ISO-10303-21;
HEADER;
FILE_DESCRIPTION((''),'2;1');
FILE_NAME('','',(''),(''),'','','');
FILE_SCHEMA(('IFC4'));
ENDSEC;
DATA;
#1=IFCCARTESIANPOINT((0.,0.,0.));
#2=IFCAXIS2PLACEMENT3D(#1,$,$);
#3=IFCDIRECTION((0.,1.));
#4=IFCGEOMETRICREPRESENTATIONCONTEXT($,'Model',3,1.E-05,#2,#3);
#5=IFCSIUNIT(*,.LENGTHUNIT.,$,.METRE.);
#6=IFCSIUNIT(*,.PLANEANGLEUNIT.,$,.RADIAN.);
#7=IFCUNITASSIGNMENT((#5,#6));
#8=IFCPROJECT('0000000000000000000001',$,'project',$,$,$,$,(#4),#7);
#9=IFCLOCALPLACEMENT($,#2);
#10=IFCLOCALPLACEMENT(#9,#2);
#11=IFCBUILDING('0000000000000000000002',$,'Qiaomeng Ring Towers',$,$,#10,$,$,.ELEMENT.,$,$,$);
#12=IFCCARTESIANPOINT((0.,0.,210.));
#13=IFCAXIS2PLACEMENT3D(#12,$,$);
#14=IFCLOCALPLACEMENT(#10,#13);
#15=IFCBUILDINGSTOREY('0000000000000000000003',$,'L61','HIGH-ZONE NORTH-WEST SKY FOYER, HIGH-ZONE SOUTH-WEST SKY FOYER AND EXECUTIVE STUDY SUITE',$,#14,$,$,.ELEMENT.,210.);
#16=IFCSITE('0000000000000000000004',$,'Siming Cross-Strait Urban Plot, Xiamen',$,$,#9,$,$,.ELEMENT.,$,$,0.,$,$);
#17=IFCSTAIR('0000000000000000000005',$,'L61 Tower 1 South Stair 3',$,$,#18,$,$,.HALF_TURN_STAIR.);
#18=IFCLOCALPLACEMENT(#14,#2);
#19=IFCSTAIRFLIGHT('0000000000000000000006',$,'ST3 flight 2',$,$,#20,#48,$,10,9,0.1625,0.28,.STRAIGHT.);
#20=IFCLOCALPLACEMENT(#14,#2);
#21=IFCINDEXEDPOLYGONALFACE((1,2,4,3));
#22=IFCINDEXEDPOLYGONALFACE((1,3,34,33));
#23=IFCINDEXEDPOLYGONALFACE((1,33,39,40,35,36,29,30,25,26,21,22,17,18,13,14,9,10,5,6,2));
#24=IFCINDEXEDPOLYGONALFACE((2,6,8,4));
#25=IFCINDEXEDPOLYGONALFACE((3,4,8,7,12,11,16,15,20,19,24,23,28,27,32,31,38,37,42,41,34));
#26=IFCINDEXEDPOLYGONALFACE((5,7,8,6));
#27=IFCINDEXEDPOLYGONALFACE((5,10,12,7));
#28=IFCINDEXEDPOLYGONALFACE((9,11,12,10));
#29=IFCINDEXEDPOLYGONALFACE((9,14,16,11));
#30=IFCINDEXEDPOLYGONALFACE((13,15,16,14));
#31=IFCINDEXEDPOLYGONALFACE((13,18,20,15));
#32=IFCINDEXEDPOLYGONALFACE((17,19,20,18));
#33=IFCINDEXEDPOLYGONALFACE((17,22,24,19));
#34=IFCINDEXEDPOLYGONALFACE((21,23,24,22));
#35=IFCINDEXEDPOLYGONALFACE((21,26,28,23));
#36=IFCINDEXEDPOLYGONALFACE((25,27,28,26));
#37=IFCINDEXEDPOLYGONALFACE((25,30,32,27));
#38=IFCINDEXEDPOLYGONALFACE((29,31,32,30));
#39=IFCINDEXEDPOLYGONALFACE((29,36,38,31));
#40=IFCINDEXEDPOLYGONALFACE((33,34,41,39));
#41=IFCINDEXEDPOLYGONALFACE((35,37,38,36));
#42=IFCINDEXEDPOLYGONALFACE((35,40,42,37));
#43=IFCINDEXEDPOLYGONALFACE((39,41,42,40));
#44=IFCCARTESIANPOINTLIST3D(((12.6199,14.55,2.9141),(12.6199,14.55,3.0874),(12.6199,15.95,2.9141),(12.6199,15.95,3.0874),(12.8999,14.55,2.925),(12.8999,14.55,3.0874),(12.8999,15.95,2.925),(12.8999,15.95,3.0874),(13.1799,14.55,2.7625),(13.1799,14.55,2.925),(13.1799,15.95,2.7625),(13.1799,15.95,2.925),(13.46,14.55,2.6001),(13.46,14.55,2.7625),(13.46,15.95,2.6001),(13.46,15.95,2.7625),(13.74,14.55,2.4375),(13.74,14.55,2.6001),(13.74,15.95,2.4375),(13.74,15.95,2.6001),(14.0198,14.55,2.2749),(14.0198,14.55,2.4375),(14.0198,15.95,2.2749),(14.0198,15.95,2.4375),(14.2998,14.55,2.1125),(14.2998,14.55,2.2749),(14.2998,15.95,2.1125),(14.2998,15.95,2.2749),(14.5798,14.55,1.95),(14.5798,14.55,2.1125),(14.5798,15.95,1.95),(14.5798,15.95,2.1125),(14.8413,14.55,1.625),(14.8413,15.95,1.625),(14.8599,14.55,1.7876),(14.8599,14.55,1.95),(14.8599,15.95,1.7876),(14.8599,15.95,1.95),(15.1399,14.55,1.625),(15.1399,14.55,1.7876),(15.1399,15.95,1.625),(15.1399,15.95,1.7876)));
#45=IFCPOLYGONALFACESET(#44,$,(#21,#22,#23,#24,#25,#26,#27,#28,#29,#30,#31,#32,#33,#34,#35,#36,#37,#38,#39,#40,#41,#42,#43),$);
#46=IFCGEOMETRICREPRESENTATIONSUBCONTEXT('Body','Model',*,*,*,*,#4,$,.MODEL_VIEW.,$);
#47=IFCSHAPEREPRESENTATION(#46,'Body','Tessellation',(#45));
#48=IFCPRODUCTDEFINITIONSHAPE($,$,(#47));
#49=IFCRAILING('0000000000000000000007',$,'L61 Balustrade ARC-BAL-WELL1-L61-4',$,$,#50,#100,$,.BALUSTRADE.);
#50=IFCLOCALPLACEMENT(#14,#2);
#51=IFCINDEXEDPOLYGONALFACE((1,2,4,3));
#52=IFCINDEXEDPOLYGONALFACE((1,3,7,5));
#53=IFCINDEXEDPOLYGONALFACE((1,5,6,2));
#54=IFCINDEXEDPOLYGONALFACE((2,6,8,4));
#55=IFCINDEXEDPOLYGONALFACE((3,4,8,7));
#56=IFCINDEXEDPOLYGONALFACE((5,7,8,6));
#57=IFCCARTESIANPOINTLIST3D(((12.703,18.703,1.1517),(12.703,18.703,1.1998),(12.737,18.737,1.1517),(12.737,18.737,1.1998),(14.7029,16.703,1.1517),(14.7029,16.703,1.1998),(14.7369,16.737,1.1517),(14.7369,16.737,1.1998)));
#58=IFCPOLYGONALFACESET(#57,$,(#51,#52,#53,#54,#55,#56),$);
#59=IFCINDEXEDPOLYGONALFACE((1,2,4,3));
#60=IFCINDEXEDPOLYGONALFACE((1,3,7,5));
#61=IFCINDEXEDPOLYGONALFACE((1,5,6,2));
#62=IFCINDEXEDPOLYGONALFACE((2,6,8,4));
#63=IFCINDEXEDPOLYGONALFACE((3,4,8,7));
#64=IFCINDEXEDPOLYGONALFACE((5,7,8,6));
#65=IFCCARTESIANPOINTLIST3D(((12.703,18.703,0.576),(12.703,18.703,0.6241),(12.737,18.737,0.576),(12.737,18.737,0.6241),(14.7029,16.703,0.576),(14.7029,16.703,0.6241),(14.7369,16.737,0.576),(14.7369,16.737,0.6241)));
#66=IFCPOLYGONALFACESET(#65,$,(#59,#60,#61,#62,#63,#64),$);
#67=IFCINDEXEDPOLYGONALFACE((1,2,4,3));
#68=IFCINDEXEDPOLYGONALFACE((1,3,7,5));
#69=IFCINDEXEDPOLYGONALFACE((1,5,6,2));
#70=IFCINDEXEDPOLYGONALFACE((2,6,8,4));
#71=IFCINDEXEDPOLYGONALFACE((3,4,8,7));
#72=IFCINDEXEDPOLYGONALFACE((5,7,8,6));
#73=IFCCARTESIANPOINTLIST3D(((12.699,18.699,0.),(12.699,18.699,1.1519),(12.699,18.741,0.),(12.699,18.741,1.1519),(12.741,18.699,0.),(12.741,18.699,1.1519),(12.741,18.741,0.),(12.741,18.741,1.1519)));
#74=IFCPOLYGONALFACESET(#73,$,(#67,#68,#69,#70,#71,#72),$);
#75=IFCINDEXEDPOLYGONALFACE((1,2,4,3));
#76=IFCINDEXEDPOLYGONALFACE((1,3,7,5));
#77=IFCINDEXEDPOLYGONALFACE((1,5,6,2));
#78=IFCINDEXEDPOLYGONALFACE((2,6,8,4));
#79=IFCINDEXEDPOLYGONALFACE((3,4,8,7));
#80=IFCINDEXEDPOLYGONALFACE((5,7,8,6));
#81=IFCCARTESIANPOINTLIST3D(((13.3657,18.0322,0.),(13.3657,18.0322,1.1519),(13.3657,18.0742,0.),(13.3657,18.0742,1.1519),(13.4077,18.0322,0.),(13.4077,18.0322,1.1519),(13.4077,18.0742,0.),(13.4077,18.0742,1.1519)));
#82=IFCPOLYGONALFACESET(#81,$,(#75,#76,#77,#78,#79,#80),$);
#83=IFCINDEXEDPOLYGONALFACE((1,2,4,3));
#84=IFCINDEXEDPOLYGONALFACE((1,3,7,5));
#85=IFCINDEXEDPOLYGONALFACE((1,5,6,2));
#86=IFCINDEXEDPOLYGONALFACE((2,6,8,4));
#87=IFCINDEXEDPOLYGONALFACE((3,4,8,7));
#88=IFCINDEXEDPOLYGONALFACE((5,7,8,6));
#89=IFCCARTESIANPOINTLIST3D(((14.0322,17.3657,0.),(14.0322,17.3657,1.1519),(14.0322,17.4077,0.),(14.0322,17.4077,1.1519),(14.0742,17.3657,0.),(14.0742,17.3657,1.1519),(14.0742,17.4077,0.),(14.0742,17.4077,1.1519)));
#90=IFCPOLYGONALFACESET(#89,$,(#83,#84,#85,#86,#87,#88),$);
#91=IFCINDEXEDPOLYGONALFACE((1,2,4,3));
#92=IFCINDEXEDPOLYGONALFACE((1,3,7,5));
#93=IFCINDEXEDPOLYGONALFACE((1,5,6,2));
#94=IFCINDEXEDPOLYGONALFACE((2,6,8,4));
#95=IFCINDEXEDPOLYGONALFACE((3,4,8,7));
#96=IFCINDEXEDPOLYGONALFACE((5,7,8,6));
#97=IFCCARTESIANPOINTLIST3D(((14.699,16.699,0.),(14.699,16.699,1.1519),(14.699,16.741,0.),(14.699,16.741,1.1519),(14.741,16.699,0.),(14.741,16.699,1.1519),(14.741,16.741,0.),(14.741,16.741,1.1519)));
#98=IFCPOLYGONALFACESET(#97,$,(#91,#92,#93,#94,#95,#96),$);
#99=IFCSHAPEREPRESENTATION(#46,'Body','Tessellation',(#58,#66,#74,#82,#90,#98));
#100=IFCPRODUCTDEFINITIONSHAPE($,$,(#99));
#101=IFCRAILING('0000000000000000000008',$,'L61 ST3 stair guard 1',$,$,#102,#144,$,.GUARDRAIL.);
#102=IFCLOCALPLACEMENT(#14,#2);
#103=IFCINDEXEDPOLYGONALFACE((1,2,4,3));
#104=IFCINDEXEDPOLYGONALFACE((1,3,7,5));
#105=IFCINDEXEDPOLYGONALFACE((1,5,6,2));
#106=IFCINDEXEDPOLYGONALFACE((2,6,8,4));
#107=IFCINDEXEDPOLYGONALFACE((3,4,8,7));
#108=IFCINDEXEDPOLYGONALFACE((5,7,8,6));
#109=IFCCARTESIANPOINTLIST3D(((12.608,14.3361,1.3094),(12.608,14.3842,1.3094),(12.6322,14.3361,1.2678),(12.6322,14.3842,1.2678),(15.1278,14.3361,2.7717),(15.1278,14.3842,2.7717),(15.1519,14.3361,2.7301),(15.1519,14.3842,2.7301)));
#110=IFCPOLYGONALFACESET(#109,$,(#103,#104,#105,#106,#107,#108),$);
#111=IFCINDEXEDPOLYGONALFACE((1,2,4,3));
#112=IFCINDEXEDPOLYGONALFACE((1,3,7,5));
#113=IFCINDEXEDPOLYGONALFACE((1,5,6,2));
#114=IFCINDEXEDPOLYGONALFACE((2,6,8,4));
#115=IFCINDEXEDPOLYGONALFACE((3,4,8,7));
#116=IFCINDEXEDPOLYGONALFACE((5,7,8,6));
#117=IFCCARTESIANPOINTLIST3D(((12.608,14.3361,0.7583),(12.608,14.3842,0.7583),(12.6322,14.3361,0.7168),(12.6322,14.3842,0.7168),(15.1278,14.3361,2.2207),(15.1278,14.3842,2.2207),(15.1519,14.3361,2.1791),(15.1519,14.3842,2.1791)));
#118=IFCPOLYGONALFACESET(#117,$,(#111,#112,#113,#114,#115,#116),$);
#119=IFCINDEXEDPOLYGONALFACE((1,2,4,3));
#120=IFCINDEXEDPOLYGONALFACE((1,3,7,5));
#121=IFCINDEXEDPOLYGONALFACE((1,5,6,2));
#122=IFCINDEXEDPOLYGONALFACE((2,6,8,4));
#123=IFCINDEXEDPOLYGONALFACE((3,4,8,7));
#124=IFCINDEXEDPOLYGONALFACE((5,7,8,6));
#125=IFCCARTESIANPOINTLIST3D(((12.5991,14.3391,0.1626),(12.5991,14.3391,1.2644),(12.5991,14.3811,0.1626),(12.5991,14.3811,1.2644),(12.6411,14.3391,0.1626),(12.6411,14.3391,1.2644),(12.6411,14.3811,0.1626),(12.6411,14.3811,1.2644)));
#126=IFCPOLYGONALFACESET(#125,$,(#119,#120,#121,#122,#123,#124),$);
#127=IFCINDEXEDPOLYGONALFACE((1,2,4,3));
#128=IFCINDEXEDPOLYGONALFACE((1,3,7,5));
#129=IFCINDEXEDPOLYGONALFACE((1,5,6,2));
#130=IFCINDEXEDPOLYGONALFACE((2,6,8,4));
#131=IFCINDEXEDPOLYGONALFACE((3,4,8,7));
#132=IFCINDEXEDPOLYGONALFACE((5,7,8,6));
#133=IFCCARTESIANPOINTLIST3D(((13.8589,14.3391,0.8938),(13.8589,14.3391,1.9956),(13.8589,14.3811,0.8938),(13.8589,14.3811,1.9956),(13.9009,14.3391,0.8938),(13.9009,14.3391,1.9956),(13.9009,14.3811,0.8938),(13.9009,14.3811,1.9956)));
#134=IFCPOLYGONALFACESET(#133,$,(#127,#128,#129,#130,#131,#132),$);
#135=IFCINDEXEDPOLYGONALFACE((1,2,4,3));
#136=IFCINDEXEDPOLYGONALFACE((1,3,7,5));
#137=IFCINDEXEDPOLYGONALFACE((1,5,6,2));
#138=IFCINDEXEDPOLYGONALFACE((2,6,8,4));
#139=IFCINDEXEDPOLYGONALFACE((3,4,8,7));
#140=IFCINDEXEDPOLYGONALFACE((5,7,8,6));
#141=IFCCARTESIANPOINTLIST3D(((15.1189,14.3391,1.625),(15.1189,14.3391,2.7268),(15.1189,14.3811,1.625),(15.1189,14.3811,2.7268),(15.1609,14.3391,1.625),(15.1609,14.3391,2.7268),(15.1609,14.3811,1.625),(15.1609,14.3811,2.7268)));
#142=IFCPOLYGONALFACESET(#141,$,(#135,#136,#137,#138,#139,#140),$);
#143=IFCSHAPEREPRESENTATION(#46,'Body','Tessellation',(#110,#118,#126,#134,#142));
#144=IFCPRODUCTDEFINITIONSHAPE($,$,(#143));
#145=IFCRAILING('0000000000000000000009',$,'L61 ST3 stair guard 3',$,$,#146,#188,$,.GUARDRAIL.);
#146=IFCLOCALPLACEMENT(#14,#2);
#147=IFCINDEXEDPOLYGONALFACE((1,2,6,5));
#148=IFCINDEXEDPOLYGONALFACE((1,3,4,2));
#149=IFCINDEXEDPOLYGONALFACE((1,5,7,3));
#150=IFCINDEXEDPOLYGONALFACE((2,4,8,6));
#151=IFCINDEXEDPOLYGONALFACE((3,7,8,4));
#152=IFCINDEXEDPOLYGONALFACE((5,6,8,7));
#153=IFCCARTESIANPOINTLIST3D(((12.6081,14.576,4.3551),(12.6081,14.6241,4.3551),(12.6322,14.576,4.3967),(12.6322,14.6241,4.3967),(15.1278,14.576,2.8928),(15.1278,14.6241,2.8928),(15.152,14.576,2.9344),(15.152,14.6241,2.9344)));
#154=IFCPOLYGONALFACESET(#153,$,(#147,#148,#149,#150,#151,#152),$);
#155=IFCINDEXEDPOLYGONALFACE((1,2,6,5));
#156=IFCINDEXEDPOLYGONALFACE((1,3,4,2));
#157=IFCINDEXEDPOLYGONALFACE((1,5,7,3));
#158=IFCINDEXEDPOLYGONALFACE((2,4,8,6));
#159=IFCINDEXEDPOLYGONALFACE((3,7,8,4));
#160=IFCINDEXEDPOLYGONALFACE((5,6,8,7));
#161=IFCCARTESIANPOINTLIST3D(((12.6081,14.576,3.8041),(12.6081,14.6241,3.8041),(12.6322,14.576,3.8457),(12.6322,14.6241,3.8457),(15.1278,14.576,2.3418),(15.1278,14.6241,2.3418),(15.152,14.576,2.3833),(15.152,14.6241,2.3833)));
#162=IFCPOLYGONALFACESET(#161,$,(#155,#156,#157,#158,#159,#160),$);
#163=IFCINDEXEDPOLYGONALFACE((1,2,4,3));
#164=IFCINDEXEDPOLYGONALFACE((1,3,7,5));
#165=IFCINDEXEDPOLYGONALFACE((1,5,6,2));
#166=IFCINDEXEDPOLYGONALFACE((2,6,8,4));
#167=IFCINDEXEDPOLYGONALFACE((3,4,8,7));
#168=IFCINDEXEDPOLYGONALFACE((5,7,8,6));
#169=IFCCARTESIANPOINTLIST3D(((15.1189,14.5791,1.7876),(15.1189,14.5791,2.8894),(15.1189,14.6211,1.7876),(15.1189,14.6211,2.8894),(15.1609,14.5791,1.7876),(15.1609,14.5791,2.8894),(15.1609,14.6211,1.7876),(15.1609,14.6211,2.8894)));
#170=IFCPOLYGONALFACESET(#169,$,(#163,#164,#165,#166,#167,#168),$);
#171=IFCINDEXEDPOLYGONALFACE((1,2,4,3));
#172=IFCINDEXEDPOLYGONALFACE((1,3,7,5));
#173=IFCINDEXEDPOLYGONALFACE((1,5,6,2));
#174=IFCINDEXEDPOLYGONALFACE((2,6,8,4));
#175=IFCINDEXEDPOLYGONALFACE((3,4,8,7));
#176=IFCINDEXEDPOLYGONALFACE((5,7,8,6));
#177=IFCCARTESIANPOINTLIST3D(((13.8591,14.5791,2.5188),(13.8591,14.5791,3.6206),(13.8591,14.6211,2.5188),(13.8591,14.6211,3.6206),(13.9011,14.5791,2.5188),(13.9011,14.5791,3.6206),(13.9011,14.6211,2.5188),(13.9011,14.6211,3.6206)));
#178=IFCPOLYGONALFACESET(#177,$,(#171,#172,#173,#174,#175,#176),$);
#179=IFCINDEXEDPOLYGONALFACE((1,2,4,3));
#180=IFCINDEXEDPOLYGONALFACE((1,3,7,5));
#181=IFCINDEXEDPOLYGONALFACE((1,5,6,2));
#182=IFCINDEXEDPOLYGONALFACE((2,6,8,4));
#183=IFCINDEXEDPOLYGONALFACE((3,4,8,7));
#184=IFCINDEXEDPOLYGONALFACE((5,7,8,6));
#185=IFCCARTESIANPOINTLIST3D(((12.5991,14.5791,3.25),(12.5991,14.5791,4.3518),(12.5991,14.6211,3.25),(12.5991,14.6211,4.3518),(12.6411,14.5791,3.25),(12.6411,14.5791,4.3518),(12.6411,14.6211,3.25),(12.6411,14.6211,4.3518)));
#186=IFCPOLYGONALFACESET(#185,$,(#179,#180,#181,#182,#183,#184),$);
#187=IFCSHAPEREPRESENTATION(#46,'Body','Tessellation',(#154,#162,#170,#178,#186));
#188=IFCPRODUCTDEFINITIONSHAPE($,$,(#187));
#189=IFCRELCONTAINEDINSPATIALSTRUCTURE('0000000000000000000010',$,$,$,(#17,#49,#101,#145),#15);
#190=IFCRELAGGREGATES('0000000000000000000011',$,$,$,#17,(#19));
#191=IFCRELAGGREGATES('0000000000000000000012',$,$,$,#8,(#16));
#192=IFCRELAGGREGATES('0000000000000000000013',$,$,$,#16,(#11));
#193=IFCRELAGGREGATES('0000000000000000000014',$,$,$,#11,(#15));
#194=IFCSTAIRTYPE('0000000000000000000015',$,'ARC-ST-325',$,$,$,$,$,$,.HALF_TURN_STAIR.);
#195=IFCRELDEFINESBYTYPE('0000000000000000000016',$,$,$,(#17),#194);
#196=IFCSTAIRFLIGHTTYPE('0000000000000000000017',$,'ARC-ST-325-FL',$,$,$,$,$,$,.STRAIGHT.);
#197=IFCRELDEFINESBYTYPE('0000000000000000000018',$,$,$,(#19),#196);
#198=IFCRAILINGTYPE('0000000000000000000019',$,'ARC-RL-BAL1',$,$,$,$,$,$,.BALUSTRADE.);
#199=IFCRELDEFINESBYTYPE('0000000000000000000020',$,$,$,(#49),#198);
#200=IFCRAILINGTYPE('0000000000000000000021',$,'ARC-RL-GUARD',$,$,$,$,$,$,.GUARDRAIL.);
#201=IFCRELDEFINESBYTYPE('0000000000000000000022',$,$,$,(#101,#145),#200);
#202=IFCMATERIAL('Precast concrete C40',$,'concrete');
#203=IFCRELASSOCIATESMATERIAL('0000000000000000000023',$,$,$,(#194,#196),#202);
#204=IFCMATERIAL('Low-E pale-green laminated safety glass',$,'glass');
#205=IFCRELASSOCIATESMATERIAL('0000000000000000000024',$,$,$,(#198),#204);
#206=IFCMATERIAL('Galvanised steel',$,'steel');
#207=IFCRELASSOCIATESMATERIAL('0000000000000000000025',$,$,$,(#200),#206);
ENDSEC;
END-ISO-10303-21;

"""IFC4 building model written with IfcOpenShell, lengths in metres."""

from ifc_helpers import new_model, si_unit, direction, frame, origin, origin_2d, place, context, subcontext, project, spatial, polyline, rectangle, outline, extrude, source, transform, mapped, material, type_object, element, aggregate, save


model = new_model("IFC4")

# Units and contexts
model_context = context("Model", 3, precision=1e-05, world=origin(), true_north=direction((0.0, 1.0)))
body_context = subcontext(model_context, "Body", "Model", "MODEL_VIEW")
ifc_project = project(units=[si_unit("LENGTHUNIT", "METRE"), si_unit("PLANEANGLEUNIT", "RADIAN")], contexts=[model_context])

# Site, building, storey
site_placement = place(None, origin())
site = spatial("IfcSite", under=ifc_project, at=site_placement, Name="Siming Cross-Strait Urban Plot, Xiamen", CompositionType="ELEMENT", RefElevation=0.0)
building_placement = place(site_placement, origin())
building = spatial("IfcBuilding", under=site, at=building_placement, Name="Qiaomeng Ring Towers", CompositionType="ELEMENT")
storey_placement = place(building_placement, frame((0.0, 0.0, 210.0)))
storey = spatial("IfcBuildingStorey", under=building, at=storey_placement, Name="L61", Description="HIGH-ZONE NORTH-WEST SKY FOYER, HIGH-ZONE SOUTH-WEST SKY FOYER AND EXECUTIVE STUDY SUITE", CompositionType="ELEMENT", Elevation=210.0)

# Stair, stair flight
ifc_material_1 = material(Name="Precast concrete C40", Category="concrete")
stair_type = type_object("IfcStairType", Name="ARC-ST-325", PredefinedType="HALF_TURN_STAIR", material=ifc_material_1)
stair_placement = place(storey_placement, origin())
stair = element("IfcStair", 1, at=stair_placement, inside=storey, type_object=stair_type, Name="L61 Tower 1 South Stair 3", PredefinedType="HALF_TURN_STAIR")
stair_flight_type = type_object("IfcStairFlightType", Name="ARC-ST-325-FL", PredefinedType="STRAIGHT", material=ifc_material_1)
shared_shape_1 = source(origin(), body_context, "Body", "SweptSolid", [
    extrude(outline(polyline([(0.0, 0.0), (0.0, 0.1626), (0.28, 0.1626), (0.28, 0.325), (0.5601, 0.325), (0.5601, 0.4875), (0.8401, 0.4875), (0.8401, 0.6499), (1.1201, 0.6499), (1.1201, 0.8125), (1.3999, 0.8125), (1.3999, 0.9751), (1.6799, 0.9751), (1.6799, 1.1375), (1.96, 1.1375), (1.96, 1.3), (2.24, 1.3), (2.24, 1.4624), (2.52, 1.4624), (2.52, 1.625), (2.52, 1.2891), (0.2986, 0.0), (0.0, 0.0)])), frame((0.0, 0.7, 0.0), z_axis=(0.0, -1.0, 0.0), x_axis=(1.0, 0.0, 0.0)), (0.0, 0.0, 1.0), 1.3999),
])
stair_flight_1_placement = place(storey_placement, frame((15.1399, 15.25, 1.625), z_axis=(0.0, 0.0, 1.0), x_axis=(-1.0, 0.0, 0.0)))
stair_flight_1 = element("IfcStairFlight", 2, at=stair_flight_1_placement, type_object=stair_flight_type, Name="ST3 flight 2", NumberOfRisers=10, NumberOfTreads=9, PredefinedType="STRAIGHT", RiserHeight=0.1625, TreadLength=0.28, context=body_context, shape_type="MappedRepresentation", body=[
    mapped(shared_shape_1, transform((0.0, 0.0, 0.0), x_axis=(1.0, 0.0, 0.0), y_axis=(0.0, 1.0, 0.0), z_axis=(0.0, 0.0, 1.0), scale=1.0)),
])
aggregate(stair, [stair_flight_1])

# Railings
ifc_material_2 = material(Name="Low-E pale-green laminated safety glass", Category="glass")
railing_type_1 = type_object("IfcRailingType", Name="ARC-RL-BAL1", PredefinedType="BALUSTRADE", material=ifc_material_2)
railing_1_placement = place(storey_placement, frame((12.72, 18.72, 0.0)))
element("IfcRailing", 3, at=railing_1_placement, inside=storey, type_object=railing_type_1, Name="L61 Balustrade ARC-BAL-WELL1-L61-4", PredefinedType="BALUSTRADE", context=body_context, shape_type="SweptSolid", body=[
    extrude(rectangle(XDim=0.0481, YDim=0.0481, at=origin_2d()), frame((0.0, 0.0, 1.1758), z_axis=(0.707107, -0.707107, 0.0), x_axis=(0.707107, 0.707107, 0.0)), (0.0, 0.0, 1.0), 2.8284),
    extrude(rectangle(XDim=0.0481, YDim=0.0481, at=origin_2d()), frame((0.0, 0.0, 0.6001), z_axis=(0.707107, -0.707107, 0.0), x_axis=(0.707107, 0.707107, 0.0)), (0.0, 0.0, 1.0), 2.8284),
    extrude(rectangle(XDim=0.042, YDim=0.042, at=origin_2d()), origin(), (0.0, 0.0, 1.0), 1.1519),
    extrude(rectangle(XDim=0.042, YDim=0.042, at=origin_2d()), frame((0.6667, -0.6667, 0.0)), (0.0, 0.0, 1.0), 1.1519),
    extrude(rectangle(XDim=0.042, YDim=0.042, at=origin_2d()), frame((1.3333, -1.3333, 0.0)), (0.0, 0.0, 1.0), 1.1519),
    extrude(rectangle(XDim=0.042, YDim=0.042, at=origin_2d()), frame((2.0, -2.0, 0.0)), (0.0, 0.0, 1.0), 1.1519),
])
ifc_material_3 = material(Name="Galvanised steel", Category="steel")
railing_type_2 = type_object("IfcRailingType", Name="ARC-RL-GUARD", PredefinedType="GUARDRAIL", material=ifc_material_3)
railing_2_placement = place(storey_placement, frame((12.6201, 14.3601, 0.1626)))
element("IfcRailing", 4, at=railing_2_placement, inside=storey, type_object=railing_type_2, Name="L61 ST3 stair guard 1", PredefinedType="GUARDRAIL", context=body_context, shape_type="SweptSolid", body=[
    extrude(rectangle(XDim=0.0481, YDim=0.0481, at=origin_2d()), frame((0.0, 0.0, 1.126), z_axis=(0.864892, 0.0, 0.501958), x_axis=(0.0, 1.0, 0.0)), (0.0, 0.0, 1.0), 2.9133),
    extrude(rectangle(XDim=0.0481, YDim=0.0481, at=origin_2d()), frame((0.0, 0.0, 0.575), z_axis=(0.864892, 0.0, 0.501958), x_axis=(0.0, 1.0, 0.0)), (0.0, 0.0, 1.0), 2.9133),
    extrude(rectangle(XDim=0.042, YDim=0.042, at=origin_2d()), origin(), (0.0, 0.0, 1.0), 1.1018),
    extrude(rectangle(XDim=0.042, YDim=0.042, at=origin_2d()), frame((1.2598, 0.0, 0.7312)), (0.0, 0.0, 1.0), 1.1018),
    extrude(rectangle(XDim=0.042, YDim=0.042, at=origin_2d()), frame((2.5198, 0.0, 1.4624)), (0.0, 0.0, 1.0), 1.1018),
])
railing_3_placement = place(storey_placement, frame((15.1399, 14.6001, 1.7876)))
element("IfcRailing", 5, at=railing_3_placement, inside=storey, type_object=railing_type_2, Name="L61 ST3 stair guard 3", PredefinedType="GUARDRAIL", context=body_context, shape_type="SweptSolid", body=[
    extrude(rectangle(XDim=0.0481, YDim=0.0481, at=origin_2d()), frame((0.0, 0.0, 1.126), z_axis=(-0.864892, 0.0, 0.501958), x_axis=(0.0, -1.0, 0.0)), (0.0, 0.0, 1.0), 2.9133),
    extrude(rectangle(XDim=0.0481, YDim=0.0481, at=origin_2d()), frame((0.0, 0.0, 0.575), z_axis=(-0.864892, 0.0, 0.501958), x_axis=(0.0, -1.0, 0.0)), (0.0, 0.0, 1.0), 2.9133),
    extrude(rectangle(XDim=0.042, YDim=0.042, at=origin_2d()), origin(), (0.0, 0.0, 1.0), 1.1018),
    extrude(rectangle(XDim=0.042, YDim=0.042, at=origin_2d()), frame((-1.2598, 0.0, 0.7312)), (0.0, 0.0, 1.0), 1.1018),
    extrude(rectangle(XDim=0.042, YDim=0.042, at=origin_2d()), frame((-2.5198, 0.0, 1.4624)), (0.0, 0.0, 1.0), 1.1018),
])

save(model, "model.ifc")
